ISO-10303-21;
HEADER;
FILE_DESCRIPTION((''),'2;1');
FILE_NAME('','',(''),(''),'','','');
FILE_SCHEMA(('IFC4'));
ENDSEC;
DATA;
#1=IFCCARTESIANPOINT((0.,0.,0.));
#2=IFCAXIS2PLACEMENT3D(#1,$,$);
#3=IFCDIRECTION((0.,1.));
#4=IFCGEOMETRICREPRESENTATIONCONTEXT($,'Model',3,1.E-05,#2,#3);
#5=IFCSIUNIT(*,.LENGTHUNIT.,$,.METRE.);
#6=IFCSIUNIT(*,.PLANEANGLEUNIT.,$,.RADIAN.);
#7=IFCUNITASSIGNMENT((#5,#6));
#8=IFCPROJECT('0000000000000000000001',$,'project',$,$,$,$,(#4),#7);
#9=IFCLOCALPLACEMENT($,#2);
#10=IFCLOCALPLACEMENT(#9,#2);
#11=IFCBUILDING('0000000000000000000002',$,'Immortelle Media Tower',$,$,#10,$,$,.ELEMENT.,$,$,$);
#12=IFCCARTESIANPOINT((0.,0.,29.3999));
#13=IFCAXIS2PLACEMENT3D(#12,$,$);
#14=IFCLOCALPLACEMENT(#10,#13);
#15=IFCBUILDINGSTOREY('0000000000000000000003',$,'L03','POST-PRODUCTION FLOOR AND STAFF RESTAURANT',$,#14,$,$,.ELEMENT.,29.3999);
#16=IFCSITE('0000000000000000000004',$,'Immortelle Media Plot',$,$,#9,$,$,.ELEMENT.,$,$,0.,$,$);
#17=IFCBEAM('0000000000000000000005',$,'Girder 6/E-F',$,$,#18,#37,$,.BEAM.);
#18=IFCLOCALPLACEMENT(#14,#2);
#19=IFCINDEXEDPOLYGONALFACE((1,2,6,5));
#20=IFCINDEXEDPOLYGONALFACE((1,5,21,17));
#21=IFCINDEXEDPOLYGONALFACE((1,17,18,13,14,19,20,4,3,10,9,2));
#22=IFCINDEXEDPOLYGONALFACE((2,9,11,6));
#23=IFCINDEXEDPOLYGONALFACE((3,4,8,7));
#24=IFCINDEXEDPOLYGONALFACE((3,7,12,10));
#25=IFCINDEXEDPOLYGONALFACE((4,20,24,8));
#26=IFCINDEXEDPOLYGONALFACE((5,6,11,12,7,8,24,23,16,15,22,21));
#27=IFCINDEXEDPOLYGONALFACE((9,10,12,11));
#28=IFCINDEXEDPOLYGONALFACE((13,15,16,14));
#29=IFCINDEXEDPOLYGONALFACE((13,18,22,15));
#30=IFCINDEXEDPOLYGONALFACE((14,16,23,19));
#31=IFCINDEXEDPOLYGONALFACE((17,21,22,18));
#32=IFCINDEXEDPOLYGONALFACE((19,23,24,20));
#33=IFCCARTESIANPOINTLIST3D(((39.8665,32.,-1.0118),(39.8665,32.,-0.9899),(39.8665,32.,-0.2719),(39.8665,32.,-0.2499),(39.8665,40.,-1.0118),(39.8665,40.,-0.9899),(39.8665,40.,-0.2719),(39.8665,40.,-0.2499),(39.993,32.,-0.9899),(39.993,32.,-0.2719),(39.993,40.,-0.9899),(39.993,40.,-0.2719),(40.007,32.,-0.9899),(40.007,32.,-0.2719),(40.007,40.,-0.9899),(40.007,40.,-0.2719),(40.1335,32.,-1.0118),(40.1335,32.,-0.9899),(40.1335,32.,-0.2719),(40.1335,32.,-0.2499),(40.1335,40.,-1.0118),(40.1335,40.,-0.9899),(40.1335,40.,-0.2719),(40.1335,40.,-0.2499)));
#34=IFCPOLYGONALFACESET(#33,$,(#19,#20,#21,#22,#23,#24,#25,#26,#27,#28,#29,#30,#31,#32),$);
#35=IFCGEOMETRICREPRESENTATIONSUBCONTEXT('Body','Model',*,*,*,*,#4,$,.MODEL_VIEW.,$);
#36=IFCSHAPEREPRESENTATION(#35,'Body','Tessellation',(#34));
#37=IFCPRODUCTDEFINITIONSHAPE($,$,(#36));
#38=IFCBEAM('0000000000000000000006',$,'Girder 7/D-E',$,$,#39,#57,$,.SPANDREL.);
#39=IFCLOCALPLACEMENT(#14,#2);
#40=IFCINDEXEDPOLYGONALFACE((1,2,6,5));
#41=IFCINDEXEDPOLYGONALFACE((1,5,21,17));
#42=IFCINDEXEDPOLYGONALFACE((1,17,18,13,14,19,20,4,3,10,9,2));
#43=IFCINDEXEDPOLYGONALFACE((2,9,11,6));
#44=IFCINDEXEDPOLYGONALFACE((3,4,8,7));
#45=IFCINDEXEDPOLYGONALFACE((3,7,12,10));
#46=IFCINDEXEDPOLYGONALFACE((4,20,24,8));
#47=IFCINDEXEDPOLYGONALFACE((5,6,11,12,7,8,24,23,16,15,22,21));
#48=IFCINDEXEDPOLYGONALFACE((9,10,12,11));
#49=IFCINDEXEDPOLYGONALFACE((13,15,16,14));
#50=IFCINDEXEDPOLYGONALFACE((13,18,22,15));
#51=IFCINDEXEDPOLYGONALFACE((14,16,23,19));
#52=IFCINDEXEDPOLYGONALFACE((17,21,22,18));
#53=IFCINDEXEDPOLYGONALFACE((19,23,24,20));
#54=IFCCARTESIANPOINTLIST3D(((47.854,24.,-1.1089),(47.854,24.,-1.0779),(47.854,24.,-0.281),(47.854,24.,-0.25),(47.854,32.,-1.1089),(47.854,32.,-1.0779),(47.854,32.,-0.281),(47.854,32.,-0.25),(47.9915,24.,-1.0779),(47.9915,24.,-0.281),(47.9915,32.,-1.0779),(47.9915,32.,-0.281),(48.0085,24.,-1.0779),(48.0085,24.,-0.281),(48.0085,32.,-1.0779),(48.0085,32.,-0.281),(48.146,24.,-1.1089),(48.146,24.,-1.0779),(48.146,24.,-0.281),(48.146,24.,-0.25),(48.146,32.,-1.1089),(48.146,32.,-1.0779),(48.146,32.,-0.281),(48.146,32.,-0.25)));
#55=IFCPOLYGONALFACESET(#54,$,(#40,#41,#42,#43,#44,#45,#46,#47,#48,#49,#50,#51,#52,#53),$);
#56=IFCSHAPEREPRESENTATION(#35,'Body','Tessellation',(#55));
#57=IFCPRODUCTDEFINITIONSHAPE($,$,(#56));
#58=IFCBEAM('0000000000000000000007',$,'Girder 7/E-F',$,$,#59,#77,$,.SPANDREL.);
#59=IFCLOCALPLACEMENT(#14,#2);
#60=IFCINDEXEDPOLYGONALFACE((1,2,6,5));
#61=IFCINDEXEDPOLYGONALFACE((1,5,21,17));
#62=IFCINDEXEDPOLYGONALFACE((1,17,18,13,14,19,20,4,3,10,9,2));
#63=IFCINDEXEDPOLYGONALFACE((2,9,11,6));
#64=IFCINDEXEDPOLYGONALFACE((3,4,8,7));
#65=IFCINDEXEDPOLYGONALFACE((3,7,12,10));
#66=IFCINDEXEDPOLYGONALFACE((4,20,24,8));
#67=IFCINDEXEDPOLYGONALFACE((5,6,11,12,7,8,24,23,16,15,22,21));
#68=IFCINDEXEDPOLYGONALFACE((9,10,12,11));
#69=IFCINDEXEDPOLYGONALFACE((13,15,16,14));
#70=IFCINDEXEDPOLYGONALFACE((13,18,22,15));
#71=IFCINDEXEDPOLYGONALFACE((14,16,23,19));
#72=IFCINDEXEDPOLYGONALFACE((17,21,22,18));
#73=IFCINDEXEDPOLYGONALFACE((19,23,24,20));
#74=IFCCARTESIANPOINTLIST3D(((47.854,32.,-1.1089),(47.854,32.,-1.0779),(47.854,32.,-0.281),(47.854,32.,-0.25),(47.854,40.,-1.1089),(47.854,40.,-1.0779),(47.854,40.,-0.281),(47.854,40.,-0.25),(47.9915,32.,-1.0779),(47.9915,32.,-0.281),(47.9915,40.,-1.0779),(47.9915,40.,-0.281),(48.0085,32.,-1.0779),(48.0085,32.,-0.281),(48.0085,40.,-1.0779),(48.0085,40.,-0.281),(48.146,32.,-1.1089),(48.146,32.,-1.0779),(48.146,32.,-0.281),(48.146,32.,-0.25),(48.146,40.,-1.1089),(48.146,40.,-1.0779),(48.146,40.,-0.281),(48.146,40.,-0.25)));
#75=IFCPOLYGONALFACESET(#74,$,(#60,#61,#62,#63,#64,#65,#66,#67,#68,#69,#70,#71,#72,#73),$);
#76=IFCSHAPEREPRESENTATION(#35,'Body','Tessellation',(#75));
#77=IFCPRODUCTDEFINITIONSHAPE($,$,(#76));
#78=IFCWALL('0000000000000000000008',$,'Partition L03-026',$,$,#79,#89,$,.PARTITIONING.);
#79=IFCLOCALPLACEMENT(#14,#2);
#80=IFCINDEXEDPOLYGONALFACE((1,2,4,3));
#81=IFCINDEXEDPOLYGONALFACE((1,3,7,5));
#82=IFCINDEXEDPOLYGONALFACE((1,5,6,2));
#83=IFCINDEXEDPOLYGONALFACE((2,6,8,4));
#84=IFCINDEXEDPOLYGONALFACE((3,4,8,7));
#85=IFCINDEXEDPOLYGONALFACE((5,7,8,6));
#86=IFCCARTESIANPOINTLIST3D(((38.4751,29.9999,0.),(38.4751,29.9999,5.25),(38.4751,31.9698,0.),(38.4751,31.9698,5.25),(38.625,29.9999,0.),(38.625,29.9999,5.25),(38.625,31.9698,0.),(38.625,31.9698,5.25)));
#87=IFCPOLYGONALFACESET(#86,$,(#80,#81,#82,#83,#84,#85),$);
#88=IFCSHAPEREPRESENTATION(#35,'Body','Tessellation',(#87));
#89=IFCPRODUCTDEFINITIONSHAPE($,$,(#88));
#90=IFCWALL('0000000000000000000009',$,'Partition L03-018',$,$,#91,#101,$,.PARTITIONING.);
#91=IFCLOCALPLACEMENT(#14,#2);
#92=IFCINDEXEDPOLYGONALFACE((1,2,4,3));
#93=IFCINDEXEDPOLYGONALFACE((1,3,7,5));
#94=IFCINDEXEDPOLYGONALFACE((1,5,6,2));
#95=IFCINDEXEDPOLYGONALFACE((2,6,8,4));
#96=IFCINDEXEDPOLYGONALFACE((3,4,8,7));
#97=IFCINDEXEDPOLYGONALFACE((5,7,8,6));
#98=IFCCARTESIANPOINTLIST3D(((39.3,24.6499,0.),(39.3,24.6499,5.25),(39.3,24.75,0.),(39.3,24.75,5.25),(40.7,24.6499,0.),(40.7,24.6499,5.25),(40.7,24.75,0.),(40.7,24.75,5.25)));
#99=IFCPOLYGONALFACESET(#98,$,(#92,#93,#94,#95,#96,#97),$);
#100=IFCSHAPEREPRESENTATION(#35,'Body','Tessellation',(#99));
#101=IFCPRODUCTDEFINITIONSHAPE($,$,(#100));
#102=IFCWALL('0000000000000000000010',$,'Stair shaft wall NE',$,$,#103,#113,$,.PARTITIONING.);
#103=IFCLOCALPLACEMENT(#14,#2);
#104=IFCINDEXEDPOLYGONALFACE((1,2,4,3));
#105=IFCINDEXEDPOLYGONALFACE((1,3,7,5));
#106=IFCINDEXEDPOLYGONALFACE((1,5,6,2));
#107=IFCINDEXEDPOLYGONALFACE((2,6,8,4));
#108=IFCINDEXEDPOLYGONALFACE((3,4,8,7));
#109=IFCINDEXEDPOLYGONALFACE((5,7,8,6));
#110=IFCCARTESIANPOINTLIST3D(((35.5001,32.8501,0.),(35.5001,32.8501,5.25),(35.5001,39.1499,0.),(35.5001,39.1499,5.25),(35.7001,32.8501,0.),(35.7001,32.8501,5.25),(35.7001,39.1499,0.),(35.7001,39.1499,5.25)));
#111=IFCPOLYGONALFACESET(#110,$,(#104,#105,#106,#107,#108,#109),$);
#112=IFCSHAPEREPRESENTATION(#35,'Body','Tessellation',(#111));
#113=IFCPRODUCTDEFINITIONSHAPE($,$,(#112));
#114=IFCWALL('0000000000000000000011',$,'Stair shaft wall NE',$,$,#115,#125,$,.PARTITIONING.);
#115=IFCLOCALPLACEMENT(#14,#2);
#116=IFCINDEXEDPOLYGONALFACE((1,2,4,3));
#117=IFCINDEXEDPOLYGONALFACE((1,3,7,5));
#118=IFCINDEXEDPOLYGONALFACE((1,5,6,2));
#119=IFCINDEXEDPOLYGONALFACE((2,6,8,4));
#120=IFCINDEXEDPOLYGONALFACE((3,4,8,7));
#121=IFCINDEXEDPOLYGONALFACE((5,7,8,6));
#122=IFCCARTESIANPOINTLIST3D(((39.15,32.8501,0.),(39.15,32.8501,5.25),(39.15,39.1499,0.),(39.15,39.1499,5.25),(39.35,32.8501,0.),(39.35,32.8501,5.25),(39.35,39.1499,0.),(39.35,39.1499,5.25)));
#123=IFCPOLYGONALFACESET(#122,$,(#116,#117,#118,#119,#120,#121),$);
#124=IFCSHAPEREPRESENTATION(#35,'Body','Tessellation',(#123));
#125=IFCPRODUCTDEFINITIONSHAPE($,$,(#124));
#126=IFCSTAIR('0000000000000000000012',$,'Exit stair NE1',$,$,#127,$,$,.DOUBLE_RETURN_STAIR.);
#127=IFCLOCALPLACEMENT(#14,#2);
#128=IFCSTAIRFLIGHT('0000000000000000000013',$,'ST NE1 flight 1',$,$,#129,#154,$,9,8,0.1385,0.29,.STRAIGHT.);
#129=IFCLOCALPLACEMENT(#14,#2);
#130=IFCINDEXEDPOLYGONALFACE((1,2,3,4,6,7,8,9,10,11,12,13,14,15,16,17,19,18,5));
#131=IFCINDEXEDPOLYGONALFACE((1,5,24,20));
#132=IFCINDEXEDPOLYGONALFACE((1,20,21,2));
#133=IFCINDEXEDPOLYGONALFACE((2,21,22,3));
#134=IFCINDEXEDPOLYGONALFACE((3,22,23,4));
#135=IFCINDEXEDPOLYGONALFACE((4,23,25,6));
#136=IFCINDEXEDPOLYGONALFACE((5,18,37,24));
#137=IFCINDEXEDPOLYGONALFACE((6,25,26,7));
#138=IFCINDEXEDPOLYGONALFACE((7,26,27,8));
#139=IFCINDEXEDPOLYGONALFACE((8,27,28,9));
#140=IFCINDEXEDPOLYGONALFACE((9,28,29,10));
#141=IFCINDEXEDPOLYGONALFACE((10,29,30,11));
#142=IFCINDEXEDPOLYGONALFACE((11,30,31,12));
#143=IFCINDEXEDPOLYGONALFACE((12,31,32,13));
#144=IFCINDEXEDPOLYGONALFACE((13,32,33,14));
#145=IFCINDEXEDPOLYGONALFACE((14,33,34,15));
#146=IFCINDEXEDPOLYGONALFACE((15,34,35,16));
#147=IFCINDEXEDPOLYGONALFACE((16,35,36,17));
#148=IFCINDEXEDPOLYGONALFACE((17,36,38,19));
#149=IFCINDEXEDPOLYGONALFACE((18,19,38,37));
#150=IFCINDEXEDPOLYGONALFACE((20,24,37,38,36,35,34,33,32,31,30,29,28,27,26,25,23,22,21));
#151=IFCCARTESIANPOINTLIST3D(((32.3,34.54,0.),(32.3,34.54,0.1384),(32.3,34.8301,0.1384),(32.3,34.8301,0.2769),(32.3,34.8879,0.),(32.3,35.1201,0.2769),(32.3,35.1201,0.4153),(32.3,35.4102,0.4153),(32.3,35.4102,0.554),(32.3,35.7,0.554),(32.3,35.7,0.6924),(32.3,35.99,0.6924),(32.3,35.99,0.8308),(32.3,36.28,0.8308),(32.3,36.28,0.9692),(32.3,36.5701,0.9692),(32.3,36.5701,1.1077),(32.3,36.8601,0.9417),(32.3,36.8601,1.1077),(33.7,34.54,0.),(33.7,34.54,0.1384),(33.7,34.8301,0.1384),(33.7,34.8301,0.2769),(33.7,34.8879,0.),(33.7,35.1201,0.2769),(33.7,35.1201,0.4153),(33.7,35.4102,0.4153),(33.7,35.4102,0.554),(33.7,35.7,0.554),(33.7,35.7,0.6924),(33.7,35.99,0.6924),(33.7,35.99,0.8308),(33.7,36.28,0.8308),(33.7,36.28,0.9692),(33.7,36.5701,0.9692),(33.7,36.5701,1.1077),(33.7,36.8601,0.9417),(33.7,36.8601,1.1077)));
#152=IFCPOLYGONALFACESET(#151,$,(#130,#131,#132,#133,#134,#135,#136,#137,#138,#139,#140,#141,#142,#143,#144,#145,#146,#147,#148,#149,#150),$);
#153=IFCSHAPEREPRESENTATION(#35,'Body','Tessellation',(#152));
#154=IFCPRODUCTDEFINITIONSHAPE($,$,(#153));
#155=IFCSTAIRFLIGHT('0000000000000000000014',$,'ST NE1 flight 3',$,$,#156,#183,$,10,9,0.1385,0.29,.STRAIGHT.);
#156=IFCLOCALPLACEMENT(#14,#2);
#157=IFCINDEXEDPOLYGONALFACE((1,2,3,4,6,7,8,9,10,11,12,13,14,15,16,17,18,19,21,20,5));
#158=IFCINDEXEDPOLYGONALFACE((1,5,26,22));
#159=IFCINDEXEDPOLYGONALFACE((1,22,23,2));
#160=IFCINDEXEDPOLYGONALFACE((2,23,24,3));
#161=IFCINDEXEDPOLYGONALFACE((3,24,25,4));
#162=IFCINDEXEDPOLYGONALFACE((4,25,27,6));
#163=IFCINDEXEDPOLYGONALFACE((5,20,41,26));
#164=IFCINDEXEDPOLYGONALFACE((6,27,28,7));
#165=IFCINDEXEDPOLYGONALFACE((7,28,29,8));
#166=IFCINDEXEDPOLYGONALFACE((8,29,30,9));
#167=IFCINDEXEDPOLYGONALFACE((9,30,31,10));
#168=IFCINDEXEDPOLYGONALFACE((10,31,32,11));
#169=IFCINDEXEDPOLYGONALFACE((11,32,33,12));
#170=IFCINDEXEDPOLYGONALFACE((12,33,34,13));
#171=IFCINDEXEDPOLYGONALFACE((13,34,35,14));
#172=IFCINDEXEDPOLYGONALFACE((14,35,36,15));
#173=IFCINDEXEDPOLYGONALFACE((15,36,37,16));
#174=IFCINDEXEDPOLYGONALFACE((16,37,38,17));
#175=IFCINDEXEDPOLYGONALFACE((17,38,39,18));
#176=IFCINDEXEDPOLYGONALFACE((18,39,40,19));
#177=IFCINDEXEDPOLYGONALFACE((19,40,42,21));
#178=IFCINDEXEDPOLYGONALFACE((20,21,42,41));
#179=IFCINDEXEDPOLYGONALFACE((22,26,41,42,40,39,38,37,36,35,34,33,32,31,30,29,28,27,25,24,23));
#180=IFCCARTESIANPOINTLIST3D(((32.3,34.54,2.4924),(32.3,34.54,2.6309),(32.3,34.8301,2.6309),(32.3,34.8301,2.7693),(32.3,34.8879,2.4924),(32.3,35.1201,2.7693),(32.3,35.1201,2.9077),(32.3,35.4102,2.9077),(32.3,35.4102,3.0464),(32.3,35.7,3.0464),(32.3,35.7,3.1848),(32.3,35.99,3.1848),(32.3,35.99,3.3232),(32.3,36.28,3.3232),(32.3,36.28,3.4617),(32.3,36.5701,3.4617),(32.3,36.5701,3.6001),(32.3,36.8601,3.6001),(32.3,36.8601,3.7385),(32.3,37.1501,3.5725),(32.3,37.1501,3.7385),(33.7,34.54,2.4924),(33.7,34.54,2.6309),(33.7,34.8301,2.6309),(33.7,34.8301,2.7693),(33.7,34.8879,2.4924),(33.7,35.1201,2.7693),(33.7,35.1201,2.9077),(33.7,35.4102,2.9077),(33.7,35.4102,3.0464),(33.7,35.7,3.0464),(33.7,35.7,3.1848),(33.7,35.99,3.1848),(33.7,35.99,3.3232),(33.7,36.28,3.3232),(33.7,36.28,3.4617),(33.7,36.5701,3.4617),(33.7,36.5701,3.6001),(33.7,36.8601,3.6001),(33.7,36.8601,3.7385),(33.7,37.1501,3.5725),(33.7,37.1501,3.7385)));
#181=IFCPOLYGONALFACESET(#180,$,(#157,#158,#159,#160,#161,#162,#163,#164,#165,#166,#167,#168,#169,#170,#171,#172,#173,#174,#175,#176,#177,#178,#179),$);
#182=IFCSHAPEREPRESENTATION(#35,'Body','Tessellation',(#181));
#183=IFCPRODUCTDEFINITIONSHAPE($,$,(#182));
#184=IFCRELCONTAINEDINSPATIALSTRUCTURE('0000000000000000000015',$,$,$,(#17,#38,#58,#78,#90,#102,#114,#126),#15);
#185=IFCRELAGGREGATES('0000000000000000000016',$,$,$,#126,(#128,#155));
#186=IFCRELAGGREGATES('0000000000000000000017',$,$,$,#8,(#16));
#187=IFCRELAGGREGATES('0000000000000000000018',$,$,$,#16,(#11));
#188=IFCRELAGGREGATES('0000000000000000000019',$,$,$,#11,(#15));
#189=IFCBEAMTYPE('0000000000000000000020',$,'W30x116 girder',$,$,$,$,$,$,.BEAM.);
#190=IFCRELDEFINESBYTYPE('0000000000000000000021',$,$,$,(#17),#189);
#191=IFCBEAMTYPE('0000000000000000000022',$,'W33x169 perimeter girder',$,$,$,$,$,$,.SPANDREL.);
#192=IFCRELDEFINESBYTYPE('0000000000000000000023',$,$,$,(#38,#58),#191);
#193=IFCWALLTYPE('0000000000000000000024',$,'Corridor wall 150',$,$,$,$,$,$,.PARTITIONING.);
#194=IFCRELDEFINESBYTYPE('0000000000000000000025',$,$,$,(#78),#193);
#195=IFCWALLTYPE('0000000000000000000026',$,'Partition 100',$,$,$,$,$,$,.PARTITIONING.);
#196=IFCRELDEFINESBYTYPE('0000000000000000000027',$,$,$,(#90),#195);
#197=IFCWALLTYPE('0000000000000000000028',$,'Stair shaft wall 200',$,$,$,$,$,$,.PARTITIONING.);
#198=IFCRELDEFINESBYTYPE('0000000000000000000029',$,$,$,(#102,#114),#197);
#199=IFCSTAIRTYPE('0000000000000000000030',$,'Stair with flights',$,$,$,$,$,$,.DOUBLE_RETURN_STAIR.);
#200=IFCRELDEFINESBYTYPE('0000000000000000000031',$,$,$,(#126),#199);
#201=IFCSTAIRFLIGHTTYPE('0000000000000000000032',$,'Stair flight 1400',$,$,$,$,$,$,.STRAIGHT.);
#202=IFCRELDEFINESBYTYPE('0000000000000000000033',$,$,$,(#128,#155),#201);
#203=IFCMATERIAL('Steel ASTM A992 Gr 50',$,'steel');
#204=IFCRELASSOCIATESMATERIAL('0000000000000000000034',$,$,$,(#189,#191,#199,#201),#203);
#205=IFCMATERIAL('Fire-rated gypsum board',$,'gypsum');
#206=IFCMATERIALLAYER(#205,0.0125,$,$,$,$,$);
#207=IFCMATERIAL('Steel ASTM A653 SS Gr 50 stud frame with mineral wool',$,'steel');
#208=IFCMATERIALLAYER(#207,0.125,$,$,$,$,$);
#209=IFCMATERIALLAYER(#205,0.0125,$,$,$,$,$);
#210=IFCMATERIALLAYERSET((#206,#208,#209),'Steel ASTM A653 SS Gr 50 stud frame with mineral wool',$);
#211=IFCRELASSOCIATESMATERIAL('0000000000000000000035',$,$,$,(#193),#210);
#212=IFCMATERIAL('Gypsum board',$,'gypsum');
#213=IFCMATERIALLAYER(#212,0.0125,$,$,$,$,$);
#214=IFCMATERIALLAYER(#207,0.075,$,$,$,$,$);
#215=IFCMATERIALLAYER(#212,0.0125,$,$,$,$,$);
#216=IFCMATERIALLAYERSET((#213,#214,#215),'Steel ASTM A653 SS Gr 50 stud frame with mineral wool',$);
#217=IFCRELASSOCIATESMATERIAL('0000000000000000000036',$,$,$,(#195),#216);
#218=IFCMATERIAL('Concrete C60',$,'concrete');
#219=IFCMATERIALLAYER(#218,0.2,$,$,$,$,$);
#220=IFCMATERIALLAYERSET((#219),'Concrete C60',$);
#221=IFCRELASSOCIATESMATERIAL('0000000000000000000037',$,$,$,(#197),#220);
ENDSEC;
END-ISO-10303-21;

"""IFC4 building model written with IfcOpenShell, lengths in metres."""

from ifc_helpers import new_model, si_unit, direction, frame, frame_2d, origin, origin_2d, place, context, subcontext, project, spatial, polyline, rectangle, i_section, outline, extrude, material, layer, layer_set, material_profile, profile_set, type_object, element, aggregate, save


model = new_model("IFC4")

# Units and contexts
model_context = context("Model", 3, precision=1e-05, world=origin(), true_north=direction((0.0, 1.0)))
body_context = subcontext(model_context, "Body", "Model", "MODEL_VIEW")
ifc_project = project(units=[si_unit("LENGTHUNIT", "METRE"), si_unit("PLANEANGLEUNIT", "RADIAN")], contexts=[model_context])

# Site, building, storey
site_placement = place(None, origin())
site = spatial("IfcSite", under=ifc_project, at=site_placement, Name="Immortelle Media Plot", CompositionType="ELEMENT", RefElevation=0.0)
building_placement = place(site_placement, origin())
building = spatial("IfcBuilding", under=site, at=building_placement, Name="Immortelle Media Tower", CompositionType="ELEMENT")
storey_placement = place(building_placement, frame((0.0, 0.0, 29.3999)))
storey = spatial("IfcBuildingStorey", under=building, at=storey_placement, Name="L03", Description="POST-PRODUCTION FLOOR AND STAFF RESTAURANT", CompositionType="ELEMENT", Elevation=29.3999)

# Shared definitions
ifc_material_1 = material(Name="Steel ASTM A992 Gr 50", Category="steel")

# Beams
ifc_material_profile_1 = material_profile(ifc_material_1, i_section(OverallWidth=0.2671, OverallDepth=0.762, WebThickness=0.0139, FlangeThickness=0.022, at=origin_2d()), Name="W30x116")
ifc_profile_set_1 = profile_set([ifc_material_profile_1], Name="Steel ASTM A992 Gr 50")
beam_type_1 = type_object("IfcBeamType", Name="W30x116 girder", PredefinedType="BEAM", material=ifc_profile_set_1)
for number, where, z_axis, x_axis, name in (
    (1, (40.0, 32.0, -0.6309), (0.0, 1.0, 0.0), (-1.0, 0.0, 0.0), "Girder 6/E-F"),
):
    element("IfcBeam", number, at=place(storey_placement, frame(where, z_axis=z_axis, x_axis=x_axis)), inside=storey, type_object=beam_type_1, Name=name, PredefinedType="BEAM", context=body_context, shape_type="SweptSolid", body=[
        extrude(i_section(OverallWidth=0.2671, OverallDepth=0.762, WebThickness=0.0139, FlangeThickness=0.022, at=origin_2d()), origin(), (0.0, 0.0, 1.0), 8.0),
    ])
ifc_material_profile_2 = material_profile(ifc_material_1, i_section(OverallWidth=0.292, OverallDepth=0.8589, WebThickness=0.0171, FlangeThickness=0.031, at=origin_2d()), Name="W33x169")
ifc_profile_set_2 = profile_set([ifc_material_profile_2], Name="Steel ASTM A992 Gr 50")
beam_type_2 = type_object("IfcBeamType", Name="W33x169 perimeter girder", PredefinedType="SPANDREL", material=ifc_profile_set_2)
for number, where, z_axis, x_axis, name in (
    (2, (48.0, 24.0, -0.6794), (0.0, 1.0, 0.0), (-1.0, 0.0, 0.0), "Girder 7/D-E"),
    (3, (48.0, 32.0, -0.6794), (0.0, 1.0, 0.0), (-1.0, 0.0, 0.0), "Girder 7/E-F"),
):
    element("IfcBeam", number, at=place(storey_placement, frame(where, z_axis=z_axis, x_axis=x_axis)), inside=storey, type_object=beam_type_2, Name=name, PredefinedType="SPANDREL", context=body_context, shape_type="SweptSolid", body=[
        extrude(i_section(OverallWidth=0.292, OverallDepth=0.8589, WebThickness=0.0171, FlangeThickness=0.031, at=origin_2d()), origin(), (0.0, 0.0, 1.0), 8.0),
    ])

# Walls
ifc_material_2 = material(Name="Fire-rated gypsum board", Category="gypsum")
ifc_layer_1 = layer(ifc_material_2, 0.0125)
ifc_material_3 = material(Name="Steel ASTM A653 SS Gr 50 stud frame with mineral wool", Category="steel")
ifc_layer_2 = layer(ifc_material_3, 0.125)
ifc_layer_3 = layer(ifc_material_2, 0.0125)
ifc_layer_set_1 = layer_set([ifc_layer_1, ifc_layer_2, ifc_layer_3], Name="Steel ASTM A653 SS Gr 50 stud frame with mineral wool")
wall_type_1 = type_object("IfcWallType", Name="Corridor wall 150", PredefinedType="PARTITIONING", material=ifc_layer_set_1)
wall_1_placement = place(storey_placement, frame((38.55, 30.0, 0.0), z_axis=(0.0, 0.0, 1.0), x_axis=(0.0, 1.0, 0.0)))
element("IfcWall", 4, at=wall_1_placement, inside=storey, type_object=wall_type_1, Name="Partition L03-026", PredefinedType="PARTITIONING", context=body_context, shape_type="SweptSolid", body=[
    extrude(rectangle(XDim=1.97, YDim=0.1499, at=frame_2d((0.9849, 0.0))), origin(), (0.0, 0.0, 1.0), 5.25),
])
ifc_material_4 = material(Name="Gypsum board", Category="gypsum")
ifc_layer_4 = layer(ifc_material_4, 0.0125)
ifc_layer_5 = layer(ifc_material_3, 0.075)
ifc_layer_6 = layer(ifc_material_4, 0.0125)
ifc_layer_set_2 = layer_set([ifc_layer_4, ifc_layer_5, ifc_layer_6], Name="Steel ASTM A653 SS Gr 50 stud frame with mineral wool")
wall_type_2 = type_object("IfcWallType", Name="Partition 100", PredefinedType="PARTITIONING", material=ifc_layer_set_2)
wall_2_placement = place(storey_placement, frame((39.3, 24.7, 0.0), z_axis=(0.0, 0.0, 1.0), x_axis=(1.0, 0.0, 0.0)))
element("IfcWall", 5, at=wall_2_placement, inside=storey, type_object=wall_type_2, Name="Partition L03-018", PredefinedType="PARTITIONING", context=body_context, shape_type="SweptSolid", body=[
    extrude(rectangle(XDim=1.3999, YDim=0.1001, at=frame_2d((0.7, 0.0))), origin(), (0.0, 0.0, 1.0), 5.25),
])
ifc_material_5 = material(Name="Concrete C60", Category="concrete")
ifc_layer_7 = layer(ifc_material_5, 0.2)
ifc_layer_set_3 = layer_set([ifc_layer_7], Name="Concrete C60")
wall_type_3 = type_object("IfcWallType", Name="Stair shaft wall 200", PredefinedType="PARTITIONING", material=ifc_layer_set_3)
for number, where, z_axis, x_axis, name in (
    (6, (35.6001, 32.8501, 0.0), (0.0, 0.0, 1.0), (0.0, 1.0, 0.0), "Stair shaft wall NE"),
    (7, (39.25, 32.8501, 0.0), (0.0, 0.0, 1.0), (0.0, 1.0, 0.0), "Stair shaft wall NE"),
):
    element("IfcWall", number, at=place(storey_placement, frame(where, z_axis=z_axis, x_axis=x_axis)), inside=storey, type_object=wall_type_3, Name=name, PredefinedType="PARTITIONING", context=body_context, shape_type="SweptSolid", body=[
        extrude(rectangle(XDim=6.2998, YDim=0.2, at=frame_2d((3.1499, 0.0))), origin(), (0.0, 0.0, 1.0), 5.25),
    ])

# Stair, stair flights
stair_type = type_object("IfcStairType", Name="Stair with flights", PredefinedType="DOUBLE_RETURN_STAIR", material=ifc_material_1)
stair_1_placement = place(storey_placement, origin())
stair_1 = element("IfcStair", 8, at=stair_1_placement, inside=storey, type_object=stair_type, Name="Exit stair NE1", PredefinedType="DOUBLE_RETURN_STAIR")
stair_flight_type = type_object("IfcStairFlightType", Name="Stair flight 1400", PredefinedType="STRAIGHT", material=ifc_material_1)
stair_flight_1_placement = place(storey_placement, frame((33.0, 34.54, 0.0), z_axis=(0.0, 0.0, 1.0), x_axis=(0.0, 1.0, 0.0)))
stair_flight_1 = element("IfcStairFlight", 9, at=stair_flight_1_placement, type_object=stair_flight_type, Name="ST NE1 flight 1", NumberOfRisers=9, NumberOfTreads=8, PredefinedType="STRAIGHT", RiserHeight=0.1385, TreadLength=0.29, context=body_context, shape_type="SweptSolid", body=[
    extrude(outline(polyline([(0.0, 0.0), (0.0, 0.1384), (0.29, 0.1384), (0.29, 0.2769), (0.5801, 0.2769), (0.5801, 0.4153), (0.8701, 0.4153), (0.8701, 0.554), (1.1599, 0.554), (1.1599, 0.6924), (1.45, 0.6924), (1.45, 0.8308), (1.74, 0.8308), (1.74, 0.9692), (2.03, 0.9692), (2.03, 1.1077), (2.3201, 1.1077), (2.3201, 1.2461), (2.3201, 0.9417), (0.3479, 0.0), (0.0, 0.0)])), frame((0.0, 0.7, 0.0), z_axis=(0.0, -1.0, 0.0), x_axis=(1.0, 0.0, 0.0)), (0.0, 0.0, 1.0), 1.3999),
])
stair_flight_2_placement = place(storey_placement, frame((33.0, 34.54, 2.4924), z_axis=(0.0, 0.0, 1.0), x_axis=(0.0, 1.0, 0.0)))
stair_flight_2 = element("IfcStairFlight", 10, at=stair_flight_2_placement, type_object=stair_flight_type, Name="ST NE1 flight 3", NumberOfRisers=10, NumberOfTreads=9, PredefinedType="STRAIGHT", RiserHeight=0.1385, TreadLength=0.29, context=body_context, shape_type="SweptSolid", body=[
    extrude(outline(polyline([(0.0, 0.0), (0.0, 0.1384), (0.29, 0.1384), (0.29, 0.2769), (0.5801, 0.2769), (0.5801, 0.4153), (0.8701, 0.4153), (0.8701, 0.554), (1.1599, 0.554), (1.1599, 0.6924), (1.45, 0.6924), (1.45, 0.8308), (1.74, 0.8308), (1.74, 0.9692), (2.03, 0.9692), (2.03, 1.1077), (2.3201, 1.1077), (2.3201, 1.2461), (2.6101, 1.2461), (2.6101, 1.3845), (2.6101, 1.0801), (0.3479, 0.0), (0.0, 0.0)])), frame((0.0, 0.7, 0.0), z_axis=(0.0, -1.0, 0.0), x_axis=(1.0, 0.0, 0.0)), (0.0, 0.0, 1.0), 1.3999),
])
aggregate(stair_1, [stair_flight_1, stair_flight_2])

save(model, "model.ifc")
